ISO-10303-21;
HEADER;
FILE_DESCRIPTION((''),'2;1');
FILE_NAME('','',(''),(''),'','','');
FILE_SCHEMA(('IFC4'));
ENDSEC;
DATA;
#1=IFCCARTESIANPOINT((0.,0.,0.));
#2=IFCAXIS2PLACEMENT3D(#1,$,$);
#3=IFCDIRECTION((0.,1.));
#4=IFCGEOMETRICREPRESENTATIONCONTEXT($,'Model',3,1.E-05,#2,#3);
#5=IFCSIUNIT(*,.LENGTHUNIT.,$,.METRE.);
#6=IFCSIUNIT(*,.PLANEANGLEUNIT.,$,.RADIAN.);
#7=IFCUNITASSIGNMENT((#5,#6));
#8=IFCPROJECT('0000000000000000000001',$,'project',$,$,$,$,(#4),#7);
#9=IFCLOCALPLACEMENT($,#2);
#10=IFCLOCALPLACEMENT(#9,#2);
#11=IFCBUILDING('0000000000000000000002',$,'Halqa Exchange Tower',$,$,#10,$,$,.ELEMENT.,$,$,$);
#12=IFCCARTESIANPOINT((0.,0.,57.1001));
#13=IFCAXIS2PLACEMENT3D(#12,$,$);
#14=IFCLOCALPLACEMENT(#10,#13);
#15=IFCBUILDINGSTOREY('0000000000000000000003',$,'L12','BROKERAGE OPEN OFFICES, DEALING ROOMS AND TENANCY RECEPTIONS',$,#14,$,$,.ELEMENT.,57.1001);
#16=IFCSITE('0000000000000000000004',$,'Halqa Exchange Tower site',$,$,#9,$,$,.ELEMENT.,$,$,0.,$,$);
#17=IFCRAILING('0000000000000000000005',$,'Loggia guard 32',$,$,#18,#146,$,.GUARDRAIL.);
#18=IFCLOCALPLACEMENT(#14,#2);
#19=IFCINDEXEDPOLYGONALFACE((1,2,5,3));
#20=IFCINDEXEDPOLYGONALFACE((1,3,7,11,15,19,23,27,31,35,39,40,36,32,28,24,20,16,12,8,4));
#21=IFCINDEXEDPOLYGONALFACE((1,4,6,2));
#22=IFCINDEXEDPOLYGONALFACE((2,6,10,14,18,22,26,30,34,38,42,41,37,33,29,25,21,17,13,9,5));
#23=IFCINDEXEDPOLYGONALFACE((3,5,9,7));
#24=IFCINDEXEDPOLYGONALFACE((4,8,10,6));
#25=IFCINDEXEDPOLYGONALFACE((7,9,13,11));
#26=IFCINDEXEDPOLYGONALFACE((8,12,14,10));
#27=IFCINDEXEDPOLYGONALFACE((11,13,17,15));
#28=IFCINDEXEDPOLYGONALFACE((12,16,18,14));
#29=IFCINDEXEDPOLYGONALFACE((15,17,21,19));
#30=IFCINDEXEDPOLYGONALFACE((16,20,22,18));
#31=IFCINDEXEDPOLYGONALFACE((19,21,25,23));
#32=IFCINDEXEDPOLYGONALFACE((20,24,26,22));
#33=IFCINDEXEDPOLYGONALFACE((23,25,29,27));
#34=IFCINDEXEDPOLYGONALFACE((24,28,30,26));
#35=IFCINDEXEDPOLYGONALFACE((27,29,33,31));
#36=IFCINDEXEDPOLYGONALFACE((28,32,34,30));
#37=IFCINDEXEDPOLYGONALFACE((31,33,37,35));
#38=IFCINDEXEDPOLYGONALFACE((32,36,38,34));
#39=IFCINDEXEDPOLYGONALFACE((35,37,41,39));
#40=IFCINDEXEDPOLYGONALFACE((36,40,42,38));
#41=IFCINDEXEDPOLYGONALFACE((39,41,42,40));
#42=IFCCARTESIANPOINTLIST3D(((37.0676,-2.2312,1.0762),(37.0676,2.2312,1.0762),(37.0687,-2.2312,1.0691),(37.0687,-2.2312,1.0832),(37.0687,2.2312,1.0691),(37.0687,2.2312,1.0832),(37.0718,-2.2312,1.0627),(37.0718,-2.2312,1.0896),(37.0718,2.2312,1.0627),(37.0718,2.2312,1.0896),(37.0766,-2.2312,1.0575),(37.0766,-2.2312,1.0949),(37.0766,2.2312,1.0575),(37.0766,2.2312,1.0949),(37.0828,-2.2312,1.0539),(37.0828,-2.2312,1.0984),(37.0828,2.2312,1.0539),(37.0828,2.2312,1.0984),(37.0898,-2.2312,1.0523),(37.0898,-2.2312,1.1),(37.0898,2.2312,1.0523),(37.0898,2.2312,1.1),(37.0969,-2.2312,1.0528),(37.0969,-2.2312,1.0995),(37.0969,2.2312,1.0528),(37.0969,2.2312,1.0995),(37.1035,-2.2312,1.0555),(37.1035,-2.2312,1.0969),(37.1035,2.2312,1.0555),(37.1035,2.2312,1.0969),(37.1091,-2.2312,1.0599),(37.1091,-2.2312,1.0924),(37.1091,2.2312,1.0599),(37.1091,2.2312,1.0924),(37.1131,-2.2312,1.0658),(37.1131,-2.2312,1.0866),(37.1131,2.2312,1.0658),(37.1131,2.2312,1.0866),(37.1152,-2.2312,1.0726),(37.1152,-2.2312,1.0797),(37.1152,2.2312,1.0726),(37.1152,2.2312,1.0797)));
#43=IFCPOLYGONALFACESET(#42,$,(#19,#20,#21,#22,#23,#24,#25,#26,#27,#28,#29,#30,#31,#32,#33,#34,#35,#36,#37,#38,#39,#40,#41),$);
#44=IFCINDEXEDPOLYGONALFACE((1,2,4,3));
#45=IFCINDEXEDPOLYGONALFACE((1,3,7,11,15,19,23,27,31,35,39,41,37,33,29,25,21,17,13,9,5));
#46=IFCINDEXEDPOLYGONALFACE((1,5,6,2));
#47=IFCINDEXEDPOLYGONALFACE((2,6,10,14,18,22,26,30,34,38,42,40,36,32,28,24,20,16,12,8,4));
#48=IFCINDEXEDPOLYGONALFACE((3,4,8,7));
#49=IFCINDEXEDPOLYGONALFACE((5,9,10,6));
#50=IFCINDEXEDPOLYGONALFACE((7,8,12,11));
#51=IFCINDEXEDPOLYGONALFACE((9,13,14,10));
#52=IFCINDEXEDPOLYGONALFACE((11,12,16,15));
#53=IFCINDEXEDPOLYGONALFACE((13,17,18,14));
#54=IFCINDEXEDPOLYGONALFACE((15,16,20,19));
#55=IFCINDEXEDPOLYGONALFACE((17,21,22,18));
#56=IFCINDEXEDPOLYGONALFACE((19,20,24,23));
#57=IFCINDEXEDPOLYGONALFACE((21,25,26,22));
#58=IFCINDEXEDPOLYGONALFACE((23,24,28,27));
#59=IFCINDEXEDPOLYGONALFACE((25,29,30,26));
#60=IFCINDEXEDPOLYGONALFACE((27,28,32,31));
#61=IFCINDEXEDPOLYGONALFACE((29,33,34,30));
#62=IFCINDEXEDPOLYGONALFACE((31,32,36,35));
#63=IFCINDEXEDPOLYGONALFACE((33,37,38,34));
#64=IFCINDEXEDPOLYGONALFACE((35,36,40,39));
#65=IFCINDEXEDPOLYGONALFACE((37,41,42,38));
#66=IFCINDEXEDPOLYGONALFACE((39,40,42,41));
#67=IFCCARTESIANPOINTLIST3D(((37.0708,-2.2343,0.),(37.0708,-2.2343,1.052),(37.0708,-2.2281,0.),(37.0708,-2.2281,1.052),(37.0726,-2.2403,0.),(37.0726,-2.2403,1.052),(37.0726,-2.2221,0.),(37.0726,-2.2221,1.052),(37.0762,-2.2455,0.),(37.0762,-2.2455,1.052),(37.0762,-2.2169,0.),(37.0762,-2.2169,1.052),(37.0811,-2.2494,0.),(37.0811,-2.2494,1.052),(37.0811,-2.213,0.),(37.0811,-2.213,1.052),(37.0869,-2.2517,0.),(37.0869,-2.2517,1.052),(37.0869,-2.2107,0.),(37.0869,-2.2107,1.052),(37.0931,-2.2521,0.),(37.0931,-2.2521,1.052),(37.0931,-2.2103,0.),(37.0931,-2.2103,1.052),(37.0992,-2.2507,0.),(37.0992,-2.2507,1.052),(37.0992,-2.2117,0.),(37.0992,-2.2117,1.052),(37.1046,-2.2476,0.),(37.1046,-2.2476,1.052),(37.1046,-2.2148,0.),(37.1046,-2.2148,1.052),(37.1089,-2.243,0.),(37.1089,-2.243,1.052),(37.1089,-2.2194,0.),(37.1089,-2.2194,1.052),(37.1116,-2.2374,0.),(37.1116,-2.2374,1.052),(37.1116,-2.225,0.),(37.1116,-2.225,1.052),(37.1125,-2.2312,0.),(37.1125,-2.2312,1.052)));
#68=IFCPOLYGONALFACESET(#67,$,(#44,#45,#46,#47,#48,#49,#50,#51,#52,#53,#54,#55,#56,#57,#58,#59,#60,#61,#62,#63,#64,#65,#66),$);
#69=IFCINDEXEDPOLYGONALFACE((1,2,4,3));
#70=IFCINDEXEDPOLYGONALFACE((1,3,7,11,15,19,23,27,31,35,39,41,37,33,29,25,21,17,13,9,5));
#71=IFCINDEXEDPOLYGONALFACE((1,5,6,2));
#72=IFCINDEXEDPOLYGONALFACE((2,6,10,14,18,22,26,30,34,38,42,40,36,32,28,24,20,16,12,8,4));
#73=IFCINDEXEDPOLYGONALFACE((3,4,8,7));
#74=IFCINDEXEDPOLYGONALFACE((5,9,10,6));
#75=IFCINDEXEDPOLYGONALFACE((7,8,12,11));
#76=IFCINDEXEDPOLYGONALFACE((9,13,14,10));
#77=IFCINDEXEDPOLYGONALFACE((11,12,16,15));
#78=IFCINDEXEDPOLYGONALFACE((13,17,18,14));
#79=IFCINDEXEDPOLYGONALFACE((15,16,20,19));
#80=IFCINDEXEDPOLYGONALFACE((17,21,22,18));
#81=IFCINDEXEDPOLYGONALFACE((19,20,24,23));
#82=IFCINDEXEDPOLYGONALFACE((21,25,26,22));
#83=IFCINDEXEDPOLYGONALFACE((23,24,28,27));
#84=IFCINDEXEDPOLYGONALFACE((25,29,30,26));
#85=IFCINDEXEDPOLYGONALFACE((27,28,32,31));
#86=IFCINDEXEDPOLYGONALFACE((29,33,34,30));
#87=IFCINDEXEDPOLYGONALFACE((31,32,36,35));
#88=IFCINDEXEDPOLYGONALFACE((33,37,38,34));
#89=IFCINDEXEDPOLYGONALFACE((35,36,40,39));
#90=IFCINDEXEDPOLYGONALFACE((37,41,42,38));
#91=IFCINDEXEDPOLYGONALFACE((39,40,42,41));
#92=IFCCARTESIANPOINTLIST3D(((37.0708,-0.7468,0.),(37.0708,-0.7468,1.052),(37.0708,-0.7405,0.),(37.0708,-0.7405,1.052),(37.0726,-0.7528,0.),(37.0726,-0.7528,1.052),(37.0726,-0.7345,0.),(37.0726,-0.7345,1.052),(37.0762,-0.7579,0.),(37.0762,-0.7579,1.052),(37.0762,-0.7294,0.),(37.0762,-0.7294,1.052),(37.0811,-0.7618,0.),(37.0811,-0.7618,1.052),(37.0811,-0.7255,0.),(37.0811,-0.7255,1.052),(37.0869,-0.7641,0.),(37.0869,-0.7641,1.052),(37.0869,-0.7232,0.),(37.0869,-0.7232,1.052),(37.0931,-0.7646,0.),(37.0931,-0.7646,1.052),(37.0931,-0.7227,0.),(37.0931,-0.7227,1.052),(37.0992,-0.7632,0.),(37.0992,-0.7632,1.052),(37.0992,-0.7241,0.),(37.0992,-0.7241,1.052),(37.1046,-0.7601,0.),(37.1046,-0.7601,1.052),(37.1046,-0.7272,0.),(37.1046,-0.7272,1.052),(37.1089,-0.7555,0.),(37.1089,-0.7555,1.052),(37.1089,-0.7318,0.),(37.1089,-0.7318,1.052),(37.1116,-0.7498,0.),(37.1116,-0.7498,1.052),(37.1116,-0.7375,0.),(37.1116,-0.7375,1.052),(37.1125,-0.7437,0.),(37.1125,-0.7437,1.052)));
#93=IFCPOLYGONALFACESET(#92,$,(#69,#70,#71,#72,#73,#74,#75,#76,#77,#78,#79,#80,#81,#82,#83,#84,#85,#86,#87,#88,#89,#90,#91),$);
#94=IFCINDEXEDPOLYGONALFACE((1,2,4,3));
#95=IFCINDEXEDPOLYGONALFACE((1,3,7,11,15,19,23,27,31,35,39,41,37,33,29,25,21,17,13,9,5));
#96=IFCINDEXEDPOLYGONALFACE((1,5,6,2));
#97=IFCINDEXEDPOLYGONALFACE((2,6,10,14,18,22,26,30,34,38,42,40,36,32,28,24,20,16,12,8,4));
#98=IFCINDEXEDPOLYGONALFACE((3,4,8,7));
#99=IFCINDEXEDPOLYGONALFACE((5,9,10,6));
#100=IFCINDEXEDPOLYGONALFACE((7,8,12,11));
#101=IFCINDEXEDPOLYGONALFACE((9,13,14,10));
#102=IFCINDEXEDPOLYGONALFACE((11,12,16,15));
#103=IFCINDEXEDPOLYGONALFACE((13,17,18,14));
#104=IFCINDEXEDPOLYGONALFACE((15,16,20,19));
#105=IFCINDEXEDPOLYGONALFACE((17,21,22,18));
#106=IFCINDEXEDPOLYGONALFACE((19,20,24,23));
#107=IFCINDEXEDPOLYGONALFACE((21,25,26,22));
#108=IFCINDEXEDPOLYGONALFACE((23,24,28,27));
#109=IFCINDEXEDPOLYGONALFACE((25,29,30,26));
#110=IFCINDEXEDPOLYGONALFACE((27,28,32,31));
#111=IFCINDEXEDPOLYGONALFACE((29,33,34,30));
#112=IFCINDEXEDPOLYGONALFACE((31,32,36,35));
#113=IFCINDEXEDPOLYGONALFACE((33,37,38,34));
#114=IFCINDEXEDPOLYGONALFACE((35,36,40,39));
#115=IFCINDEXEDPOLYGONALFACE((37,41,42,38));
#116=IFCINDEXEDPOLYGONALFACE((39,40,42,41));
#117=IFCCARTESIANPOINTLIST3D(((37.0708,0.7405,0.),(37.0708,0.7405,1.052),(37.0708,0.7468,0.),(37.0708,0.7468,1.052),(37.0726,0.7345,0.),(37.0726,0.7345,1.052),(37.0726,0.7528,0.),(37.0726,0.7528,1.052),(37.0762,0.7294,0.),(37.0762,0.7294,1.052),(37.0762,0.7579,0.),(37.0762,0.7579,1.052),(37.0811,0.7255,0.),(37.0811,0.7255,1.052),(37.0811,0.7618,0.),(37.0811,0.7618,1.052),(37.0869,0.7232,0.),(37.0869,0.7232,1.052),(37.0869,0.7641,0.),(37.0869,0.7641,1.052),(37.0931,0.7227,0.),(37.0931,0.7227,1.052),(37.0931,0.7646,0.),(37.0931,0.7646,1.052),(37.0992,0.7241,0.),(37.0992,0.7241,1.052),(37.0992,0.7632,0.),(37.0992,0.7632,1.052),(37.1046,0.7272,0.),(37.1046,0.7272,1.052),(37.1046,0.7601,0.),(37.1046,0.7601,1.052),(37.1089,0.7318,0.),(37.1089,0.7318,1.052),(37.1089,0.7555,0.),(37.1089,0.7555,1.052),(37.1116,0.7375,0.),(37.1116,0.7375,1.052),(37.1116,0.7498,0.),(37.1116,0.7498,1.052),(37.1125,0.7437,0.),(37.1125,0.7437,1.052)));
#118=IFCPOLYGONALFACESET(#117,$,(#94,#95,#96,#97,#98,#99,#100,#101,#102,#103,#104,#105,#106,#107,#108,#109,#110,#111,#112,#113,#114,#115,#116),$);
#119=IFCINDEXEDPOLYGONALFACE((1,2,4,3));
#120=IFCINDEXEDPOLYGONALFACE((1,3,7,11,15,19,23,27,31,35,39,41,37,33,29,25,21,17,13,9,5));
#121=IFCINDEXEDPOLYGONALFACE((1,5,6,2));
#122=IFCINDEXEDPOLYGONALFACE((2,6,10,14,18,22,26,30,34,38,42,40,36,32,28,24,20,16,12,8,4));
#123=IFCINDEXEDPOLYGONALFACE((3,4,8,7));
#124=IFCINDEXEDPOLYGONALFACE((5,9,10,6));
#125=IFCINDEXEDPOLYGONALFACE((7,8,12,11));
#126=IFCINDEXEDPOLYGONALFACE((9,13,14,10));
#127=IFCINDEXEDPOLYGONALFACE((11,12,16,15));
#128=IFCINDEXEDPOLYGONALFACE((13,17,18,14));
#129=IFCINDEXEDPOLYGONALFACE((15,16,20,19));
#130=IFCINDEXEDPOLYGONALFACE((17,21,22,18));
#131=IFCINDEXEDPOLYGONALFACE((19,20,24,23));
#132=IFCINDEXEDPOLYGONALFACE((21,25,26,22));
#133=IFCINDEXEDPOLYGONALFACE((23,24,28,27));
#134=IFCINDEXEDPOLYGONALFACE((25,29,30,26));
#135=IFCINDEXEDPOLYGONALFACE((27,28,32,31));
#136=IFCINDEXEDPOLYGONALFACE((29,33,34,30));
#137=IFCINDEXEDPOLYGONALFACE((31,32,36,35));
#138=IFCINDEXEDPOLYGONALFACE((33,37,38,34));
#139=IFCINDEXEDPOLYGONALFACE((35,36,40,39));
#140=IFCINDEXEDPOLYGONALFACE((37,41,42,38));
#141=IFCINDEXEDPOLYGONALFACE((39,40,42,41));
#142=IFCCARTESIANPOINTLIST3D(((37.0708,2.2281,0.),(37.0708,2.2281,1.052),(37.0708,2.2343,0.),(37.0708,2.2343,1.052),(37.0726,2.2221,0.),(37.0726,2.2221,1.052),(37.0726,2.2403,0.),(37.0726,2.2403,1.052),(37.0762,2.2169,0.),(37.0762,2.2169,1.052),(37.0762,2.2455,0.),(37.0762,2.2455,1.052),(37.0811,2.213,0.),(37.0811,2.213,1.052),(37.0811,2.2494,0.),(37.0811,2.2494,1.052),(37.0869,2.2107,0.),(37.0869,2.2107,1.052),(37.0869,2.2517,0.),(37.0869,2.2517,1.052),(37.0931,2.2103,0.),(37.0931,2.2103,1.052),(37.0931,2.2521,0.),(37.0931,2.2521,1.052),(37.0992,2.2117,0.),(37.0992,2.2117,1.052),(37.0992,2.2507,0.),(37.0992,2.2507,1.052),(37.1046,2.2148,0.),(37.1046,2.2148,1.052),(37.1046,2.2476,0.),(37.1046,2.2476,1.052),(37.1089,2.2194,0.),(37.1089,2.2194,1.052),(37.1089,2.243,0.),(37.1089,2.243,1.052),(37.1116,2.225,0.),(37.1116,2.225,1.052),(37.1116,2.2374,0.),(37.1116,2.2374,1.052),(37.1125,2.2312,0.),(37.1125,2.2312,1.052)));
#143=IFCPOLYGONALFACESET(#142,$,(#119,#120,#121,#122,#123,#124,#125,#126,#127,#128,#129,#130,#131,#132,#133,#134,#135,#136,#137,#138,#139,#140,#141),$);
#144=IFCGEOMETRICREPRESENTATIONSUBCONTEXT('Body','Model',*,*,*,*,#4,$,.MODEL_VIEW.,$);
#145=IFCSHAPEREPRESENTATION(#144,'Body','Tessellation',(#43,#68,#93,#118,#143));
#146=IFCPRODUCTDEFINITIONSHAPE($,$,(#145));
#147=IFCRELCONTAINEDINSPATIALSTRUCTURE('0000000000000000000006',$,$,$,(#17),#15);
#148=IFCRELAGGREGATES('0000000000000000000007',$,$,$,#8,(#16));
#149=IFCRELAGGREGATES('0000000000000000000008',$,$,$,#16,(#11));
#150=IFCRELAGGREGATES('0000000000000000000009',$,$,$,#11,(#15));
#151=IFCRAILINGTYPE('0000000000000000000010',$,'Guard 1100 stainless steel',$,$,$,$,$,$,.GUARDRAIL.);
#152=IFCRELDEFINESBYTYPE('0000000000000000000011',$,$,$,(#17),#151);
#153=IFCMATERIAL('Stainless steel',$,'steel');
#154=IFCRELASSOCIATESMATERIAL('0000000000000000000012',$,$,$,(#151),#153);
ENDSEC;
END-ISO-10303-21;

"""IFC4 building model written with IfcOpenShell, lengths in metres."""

from ifc_helpers import new_model, si_unit, direction, frame, origin, origin_2d, place, context, subcontext, project, spatial, circle, extrude, material, type_object, element, save


model = new_model("IFC4")

# Units and contexts
model_context = context("Model", 3, precision=1e-05, world=origin(), true_north=direction((0.0, 1.0)))
body_context = subcontext(model_context, "Body", "Model", "MODEL_VIEW")
ifc_project = project(units=[si_unit("LENGTHUNIT", "METRE"), si_unit("PLANEANGLEUNIT", "RADIAN")], contexts=[model_context])

# Site, building, storey
site_placement = place(None, origin())
site = spatial("IfcSite", under=ifc_project, at=site_placement, Name="Halqa Exchange Tower site", CompositionType="ELEMENT", RefElevation=0.0)
building_placement = place(site_placement, origin())
building = spatial("IfcBuilding", under=site, at=building_placement, Name="Halqa Exchange Tower", CompositionType="ELEMENT")
storey_placement = place(building_placement, frame((0.0, 0.0, 57.1001)))
storey = spatial("IfcBuildingStorey", under=building, at=storey_placement, Name="L12", Description="BROKERAGE OPEN OFFICES, DEALING ROOMS AND TENANCY RECEPTIONS", CompositionType="ELEMENT", Elevation=57.1001)

# Railing
ifc_material_1 = material(Name="Stainless steel", Category="steel")
railing_type = type_object("IfcRailingType", Name="Guard 1100 stainless steel", PredefinedType="GUARDRAIL", material=ifc_material_1)
railing_1_placement = place(storey_placement, frame((37.0916, -2.2312, 0.0)))
element("IfcRailing", 1, at=railing_1_placement, inside=storey, type_object=railing_type, Name="Loggia guard 32", PredefinedType="GUARDRAIL", context=body_context, shape_type="SweptSolid", body=[
    extrude(circle(Radius=0.0239, at=origin_2d()), frame((0.0, 0.0, 1.0762), z_axis=(0.0, 1.0, 0.0), x_axis=(-1.0, 0.0, 0.0)), (0.0, 0.0, 1.0), 4.4624),
    extrude(circle(Radius=0.021, at=origin_2d()), origin(), (0.0, 0.0, 1.0), 1.052),
    extrude(circle(Radius=0.021, at=origin_2d()), frame((0.0, 1.4875, 0.0)), (0.0, 0.0, 1.0), 1.052),
    extrude(circle(Radius=0.021, at=origin_2d()), frame((0.0, 2.9749, 0.0)), (0.0, 0.0, 1.0), 1.052),
    extrude(circle(Radius=0.021, at=origin_2d()), frame((0.0, 4.4624, 0.0)), (0.0, 0.0, 1.0), 1.052),
])

save(model, "model.ifc")
